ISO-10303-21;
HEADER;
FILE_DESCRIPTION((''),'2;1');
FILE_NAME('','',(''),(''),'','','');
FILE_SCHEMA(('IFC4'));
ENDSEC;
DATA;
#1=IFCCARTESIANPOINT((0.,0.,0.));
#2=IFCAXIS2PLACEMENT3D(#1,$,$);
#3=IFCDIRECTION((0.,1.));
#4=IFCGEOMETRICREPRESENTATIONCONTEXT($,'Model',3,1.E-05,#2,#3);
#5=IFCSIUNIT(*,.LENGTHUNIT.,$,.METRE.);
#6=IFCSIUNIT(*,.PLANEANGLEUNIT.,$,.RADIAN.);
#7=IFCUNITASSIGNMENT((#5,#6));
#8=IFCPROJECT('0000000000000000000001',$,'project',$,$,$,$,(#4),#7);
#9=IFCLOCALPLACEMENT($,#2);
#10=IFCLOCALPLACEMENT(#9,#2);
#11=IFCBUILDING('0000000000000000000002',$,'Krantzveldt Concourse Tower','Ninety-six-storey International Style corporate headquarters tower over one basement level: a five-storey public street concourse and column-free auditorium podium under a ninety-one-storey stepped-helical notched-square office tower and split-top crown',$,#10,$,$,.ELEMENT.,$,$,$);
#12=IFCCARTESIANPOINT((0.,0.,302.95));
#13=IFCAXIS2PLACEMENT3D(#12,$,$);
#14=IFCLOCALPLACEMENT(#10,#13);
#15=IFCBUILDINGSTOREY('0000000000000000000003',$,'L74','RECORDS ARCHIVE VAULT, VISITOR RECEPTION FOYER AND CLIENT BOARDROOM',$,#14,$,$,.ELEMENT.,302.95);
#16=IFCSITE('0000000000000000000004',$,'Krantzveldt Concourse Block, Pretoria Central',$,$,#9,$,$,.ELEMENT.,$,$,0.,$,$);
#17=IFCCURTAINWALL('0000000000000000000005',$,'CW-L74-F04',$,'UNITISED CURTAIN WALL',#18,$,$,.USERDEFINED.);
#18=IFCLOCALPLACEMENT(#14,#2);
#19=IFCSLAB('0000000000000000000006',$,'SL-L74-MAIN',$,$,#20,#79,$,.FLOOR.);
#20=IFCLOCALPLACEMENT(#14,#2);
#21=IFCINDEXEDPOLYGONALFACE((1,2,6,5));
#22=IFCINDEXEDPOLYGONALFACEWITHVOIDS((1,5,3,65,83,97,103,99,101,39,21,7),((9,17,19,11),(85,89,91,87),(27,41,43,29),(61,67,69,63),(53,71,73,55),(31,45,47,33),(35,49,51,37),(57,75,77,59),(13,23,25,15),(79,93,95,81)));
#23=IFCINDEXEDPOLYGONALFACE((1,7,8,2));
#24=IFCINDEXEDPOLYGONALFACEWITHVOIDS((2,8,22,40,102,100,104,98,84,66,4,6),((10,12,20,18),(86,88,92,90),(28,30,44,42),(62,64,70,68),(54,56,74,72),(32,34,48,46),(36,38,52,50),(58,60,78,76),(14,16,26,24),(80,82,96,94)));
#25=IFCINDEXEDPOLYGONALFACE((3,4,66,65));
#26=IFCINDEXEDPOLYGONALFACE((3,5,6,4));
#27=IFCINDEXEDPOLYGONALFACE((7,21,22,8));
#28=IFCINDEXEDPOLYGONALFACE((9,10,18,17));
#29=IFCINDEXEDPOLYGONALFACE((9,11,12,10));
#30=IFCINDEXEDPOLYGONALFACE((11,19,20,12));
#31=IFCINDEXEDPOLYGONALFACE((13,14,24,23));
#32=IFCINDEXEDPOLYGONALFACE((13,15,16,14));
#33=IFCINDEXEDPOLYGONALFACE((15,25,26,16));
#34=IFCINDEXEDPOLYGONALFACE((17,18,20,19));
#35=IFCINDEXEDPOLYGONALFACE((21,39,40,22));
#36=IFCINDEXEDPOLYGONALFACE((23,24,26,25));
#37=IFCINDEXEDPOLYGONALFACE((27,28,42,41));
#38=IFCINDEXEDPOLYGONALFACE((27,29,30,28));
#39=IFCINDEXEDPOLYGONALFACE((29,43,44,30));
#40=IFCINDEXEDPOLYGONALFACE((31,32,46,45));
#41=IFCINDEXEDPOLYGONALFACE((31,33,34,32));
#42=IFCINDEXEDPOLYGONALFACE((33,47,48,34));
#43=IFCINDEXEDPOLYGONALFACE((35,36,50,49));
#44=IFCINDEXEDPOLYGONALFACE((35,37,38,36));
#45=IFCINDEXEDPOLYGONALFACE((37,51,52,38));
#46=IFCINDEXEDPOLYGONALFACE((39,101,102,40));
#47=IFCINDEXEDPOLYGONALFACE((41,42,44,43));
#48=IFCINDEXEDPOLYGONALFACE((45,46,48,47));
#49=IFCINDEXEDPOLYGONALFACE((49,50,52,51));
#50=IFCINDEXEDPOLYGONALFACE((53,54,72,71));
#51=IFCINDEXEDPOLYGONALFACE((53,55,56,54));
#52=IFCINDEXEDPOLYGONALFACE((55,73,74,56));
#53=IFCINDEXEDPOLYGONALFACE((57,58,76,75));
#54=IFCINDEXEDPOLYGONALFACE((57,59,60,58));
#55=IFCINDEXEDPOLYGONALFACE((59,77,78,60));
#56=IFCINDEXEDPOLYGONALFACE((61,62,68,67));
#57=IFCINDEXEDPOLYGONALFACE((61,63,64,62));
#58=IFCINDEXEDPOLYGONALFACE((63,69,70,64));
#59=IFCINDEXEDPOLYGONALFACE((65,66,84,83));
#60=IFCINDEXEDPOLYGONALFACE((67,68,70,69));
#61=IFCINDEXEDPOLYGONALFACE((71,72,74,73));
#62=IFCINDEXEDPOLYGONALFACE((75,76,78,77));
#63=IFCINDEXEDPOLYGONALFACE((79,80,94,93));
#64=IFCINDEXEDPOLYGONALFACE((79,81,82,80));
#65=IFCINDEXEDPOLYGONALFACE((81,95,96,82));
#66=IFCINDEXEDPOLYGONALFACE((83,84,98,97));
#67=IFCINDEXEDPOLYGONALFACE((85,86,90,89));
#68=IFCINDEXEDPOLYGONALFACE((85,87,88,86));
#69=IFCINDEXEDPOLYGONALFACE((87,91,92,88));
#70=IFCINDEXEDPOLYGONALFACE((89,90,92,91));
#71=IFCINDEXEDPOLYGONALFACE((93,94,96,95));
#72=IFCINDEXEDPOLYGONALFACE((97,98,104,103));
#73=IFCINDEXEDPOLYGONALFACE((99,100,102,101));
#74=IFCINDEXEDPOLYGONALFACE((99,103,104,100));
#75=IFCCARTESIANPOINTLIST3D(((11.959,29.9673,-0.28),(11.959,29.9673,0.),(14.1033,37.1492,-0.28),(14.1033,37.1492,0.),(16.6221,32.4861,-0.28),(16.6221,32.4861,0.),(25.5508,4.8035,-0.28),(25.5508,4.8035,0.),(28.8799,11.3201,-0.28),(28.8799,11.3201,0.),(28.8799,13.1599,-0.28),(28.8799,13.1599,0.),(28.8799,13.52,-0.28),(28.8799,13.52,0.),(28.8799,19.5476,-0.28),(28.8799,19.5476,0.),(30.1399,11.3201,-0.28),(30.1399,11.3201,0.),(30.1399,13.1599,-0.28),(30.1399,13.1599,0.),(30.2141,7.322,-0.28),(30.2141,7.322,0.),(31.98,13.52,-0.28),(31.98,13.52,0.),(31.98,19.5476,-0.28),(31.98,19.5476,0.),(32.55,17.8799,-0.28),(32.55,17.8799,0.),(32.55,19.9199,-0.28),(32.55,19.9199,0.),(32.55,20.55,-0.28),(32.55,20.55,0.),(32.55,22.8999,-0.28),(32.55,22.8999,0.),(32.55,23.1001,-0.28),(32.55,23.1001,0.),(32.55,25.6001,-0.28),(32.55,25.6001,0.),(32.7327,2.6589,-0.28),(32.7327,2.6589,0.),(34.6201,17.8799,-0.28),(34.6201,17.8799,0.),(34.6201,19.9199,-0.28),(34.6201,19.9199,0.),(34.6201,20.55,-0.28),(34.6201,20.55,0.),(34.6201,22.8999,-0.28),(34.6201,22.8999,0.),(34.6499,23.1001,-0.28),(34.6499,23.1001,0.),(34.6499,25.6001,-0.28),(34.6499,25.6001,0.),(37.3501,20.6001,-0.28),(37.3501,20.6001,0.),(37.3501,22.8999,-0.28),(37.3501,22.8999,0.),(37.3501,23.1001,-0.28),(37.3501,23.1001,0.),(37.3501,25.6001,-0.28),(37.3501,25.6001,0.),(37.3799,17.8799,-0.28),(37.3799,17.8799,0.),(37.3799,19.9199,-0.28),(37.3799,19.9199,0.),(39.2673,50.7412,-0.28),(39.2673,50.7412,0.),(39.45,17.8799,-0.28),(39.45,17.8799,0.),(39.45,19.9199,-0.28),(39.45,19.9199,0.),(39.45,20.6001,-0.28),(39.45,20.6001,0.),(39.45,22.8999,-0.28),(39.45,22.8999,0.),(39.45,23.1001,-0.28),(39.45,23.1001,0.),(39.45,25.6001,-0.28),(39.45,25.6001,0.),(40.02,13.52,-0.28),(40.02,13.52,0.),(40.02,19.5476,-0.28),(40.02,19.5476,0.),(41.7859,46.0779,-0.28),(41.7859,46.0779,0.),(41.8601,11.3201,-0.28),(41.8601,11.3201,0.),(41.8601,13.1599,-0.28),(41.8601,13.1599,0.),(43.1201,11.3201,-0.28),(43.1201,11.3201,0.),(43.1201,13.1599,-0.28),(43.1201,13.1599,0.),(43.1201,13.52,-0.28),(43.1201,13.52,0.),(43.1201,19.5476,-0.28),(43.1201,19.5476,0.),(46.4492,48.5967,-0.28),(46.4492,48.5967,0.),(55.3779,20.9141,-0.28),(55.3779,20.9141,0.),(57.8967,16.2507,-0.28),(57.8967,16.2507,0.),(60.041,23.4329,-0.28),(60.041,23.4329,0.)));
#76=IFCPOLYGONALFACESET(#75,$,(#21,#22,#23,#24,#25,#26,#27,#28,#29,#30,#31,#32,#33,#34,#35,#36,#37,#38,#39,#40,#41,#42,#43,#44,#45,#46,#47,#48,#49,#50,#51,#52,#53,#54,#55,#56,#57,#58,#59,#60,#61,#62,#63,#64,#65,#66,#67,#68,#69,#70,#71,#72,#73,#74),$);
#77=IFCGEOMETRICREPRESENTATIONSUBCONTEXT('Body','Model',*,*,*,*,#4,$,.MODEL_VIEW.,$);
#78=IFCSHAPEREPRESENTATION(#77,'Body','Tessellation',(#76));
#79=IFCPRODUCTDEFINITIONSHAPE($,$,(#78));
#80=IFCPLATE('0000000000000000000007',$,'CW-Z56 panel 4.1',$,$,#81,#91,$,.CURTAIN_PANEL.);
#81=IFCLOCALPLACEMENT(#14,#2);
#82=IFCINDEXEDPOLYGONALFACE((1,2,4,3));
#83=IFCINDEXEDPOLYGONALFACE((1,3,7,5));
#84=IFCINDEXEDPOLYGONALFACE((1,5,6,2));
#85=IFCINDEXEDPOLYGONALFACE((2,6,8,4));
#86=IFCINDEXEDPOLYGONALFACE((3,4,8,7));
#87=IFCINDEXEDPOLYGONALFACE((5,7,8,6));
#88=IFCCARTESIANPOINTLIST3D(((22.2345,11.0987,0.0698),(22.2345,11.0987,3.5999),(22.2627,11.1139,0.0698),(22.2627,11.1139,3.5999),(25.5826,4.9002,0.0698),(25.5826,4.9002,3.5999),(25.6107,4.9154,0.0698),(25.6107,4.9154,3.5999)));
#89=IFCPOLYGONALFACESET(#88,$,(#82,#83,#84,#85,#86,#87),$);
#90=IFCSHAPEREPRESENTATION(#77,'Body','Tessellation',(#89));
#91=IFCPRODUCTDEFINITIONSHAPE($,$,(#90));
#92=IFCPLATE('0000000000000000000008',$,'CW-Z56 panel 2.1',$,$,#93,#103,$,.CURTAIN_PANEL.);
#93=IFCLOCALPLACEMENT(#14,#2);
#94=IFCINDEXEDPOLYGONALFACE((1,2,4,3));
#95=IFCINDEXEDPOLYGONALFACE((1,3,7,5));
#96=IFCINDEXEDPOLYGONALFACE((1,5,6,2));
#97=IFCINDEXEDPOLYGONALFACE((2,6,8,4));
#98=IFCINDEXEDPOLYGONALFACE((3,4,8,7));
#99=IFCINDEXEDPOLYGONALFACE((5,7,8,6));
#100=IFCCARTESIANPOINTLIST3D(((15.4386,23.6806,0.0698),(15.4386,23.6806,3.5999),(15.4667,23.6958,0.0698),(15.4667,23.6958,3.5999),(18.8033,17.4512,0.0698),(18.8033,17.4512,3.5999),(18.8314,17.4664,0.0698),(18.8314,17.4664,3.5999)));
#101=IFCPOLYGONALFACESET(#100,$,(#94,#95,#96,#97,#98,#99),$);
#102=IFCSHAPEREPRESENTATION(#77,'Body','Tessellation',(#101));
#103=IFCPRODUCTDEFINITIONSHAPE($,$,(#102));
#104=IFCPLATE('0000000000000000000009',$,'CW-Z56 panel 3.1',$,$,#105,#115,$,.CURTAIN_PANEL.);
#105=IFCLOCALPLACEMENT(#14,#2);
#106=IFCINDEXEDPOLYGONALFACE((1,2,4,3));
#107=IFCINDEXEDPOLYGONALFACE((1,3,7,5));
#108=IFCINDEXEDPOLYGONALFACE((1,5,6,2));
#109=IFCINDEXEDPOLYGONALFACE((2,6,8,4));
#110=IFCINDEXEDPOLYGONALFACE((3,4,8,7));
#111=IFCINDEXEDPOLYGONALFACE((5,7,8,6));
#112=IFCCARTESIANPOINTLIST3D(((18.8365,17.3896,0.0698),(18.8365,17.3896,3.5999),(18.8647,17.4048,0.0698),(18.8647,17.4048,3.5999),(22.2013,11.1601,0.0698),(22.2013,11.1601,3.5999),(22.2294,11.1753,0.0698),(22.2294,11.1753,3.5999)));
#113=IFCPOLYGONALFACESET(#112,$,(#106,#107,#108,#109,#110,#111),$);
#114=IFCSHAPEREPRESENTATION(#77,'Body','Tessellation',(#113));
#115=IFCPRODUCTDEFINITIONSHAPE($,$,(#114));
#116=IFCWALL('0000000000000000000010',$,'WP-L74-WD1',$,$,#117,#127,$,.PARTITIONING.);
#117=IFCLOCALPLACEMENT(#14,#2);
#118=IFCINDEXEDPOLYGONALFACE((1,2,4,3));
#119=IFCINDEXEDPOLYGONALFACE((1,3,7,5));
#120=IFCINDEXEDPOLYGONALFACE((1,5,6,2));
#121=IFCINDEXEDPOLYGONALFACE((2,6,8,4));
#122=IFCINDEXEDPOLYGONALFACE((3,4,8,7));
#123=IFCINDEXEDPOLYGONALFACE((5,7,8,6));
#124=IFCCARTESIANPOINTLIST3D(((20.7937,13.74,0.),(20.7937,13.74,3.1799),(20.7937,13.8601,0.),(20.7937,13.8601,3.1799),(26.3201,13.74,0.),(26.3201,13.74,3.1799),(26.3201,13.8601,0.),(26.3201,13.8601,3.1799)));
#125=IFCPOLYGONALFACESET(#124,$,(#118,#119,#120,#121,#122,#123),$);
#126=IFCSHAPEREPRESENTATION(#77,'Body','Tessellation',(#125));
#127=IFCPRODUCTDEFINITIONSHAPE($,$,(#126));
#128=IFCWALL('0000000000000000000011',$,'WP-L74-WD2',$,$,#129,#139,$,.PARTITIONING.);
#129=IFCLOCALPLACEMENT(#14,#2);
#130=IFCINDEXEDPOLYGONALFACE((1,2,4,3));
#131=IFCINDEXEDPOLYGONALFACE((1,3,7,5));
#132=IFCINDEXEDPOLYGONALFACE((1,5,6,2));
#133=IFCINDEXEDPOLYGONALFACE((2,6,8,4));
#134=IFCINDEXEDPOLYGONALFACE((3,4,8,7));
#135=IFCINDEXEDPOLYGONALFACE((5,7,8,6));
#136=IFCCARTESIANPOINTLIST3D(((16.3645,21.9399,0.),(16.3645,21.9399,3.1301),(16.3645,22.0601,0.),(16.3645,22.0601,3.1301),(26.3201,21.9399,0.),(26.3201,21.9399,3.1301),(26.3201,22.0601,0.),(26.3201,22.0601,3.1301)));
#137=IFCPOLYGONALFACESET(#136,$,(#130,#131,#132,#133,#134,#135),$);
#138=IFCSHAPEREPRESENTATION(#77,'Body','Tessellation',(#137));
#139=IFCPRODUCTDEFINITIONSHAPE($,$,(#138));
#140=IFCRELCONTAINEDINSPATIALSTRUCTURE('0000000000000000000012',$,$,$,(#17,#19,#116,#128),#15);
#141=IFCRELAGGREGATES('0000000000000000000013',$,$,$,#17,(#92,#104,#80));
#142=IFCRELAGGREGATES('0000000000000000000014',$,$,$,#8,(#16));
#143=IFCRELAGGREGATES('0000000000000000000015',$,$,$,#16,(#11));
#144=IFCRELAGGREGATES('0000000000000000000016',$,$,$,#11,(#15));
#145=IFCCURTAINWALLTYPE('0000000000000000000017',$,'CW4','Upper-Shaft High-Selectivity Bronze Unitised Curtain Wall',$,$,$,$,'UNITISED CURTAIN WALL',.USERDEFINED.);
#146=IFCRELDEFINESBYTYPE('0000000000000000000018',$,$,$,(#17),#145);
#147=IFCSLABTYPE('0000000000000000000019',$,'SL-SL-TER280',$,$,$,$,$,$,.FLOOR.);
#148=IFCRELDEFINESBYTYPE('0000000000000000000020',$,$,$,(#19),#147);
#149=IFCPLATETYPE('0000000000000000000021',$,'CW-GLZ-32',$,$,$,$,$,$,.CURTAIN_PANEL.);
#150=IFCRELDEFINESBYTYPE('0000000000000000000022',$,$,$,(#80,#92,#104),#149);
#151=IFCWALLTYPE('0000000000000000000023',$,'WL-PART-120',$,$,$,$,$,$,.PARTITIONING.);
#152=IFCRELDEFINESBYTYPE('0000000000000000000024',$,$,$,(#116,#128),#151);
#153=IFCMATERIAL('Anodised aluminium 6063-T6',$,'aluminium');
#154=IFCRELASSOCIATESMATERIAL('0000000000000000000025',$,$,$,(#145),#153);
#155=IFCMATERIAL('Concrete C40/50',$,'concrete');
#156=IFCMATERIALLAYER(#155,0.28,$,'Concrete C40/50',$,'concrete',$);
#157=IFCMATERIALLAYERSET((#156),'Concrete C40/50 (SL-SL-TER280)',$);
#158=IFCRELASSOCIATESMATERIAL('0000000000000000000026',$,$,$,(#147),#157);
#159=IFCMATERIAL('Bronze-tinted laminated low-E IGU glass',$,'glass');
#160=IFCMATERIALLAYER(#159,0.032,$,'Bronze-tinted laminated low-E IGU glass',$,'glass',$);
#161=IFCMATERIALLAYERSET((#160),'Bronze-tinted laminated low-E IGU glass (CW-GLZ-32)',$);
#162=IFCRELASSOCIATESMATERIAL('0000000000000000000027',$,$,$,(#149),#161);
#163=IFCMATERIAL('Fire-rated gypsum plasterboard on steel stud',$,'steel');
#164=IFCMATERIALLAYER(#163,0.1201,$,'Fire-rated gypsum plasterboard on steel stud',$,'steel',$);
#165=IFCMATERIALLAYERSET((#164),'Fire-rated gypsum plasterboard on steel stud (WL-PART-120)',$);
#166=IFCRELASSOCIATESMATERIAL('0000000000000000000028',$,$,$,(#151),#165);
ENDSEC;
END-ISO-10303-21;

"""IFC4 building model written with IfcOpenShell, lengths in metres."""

from ifc_helpers import new_model, si_unit, direction, frame, frame_2d, origin, origin_2d, place, context, subcontext, project, spatial, polyline, rectangle, outline, extrude, source, transform, mapped, material, layer, layer_set, type_object, type_shapes, element, aggregate, save


model = new_model("IFC4")

# Units and contexts
model_context = context("Model", 3, precision=1e-05, world=origin(), true_north=direction((0.0, 1.0)))
body_context = subcontext(model_context, "Body", "Model", "MODEL_VIEW")
ifc_project = project(units=[si_unit("LENGTHUNIT", "METRE"), si_unit("PLANEANGLEUNIT", "RADIAN")], contexts=[model_context])

# Site, building, storey
site_placement = place(None, origin())
site = spatial("IfcSite", under=ifc_project, at=site_placement, Name="Krantzveldt Concourse Block, Pretoria Central", CompositionType="ELEMENT", RefElevation=0.0)
building_placement = place(site_placement, origin())
building = spatial("IfcBuilding", under=site, at=building_placement, Name="Krantzveldt Concourse Tower", Description="Ninety-six-storey International Style corporate headquarters tower over one basement level: a five-storey public street concourse and column-free auditorium podium under a ninety-one-storey stepped-helical notched-square office tower and split-top crown", CompositionType="ELEMENT")
storey_placement = place(building_placement, frame((0.0, 0.0, 302.95)))
storey = spatial("IfcBuildingStorey", under=building, at=storey_placement, Name="L74", Description="RECORDS ARCHIVE VAULT, VISITOR RECEPTION FOYER AND CLIENT BOARDROOM", CompositionType="ELEMENT", Elevation=302.95)

# Curtain wall
ifc_material_1 = material(Name="Anodised aluminium 6063-T6", Category="aluminium")
curtain_wall_type = type_object("IfcCurtainWallType", Name="CW4", Description="Upper-Shaft High-Selectivity Bronze Unitised Curtain Wall", ElementType="UNITISED CURTAIN WALL", PredefinedType="USERDEFINED", material=ifc_material_1)
curtain_wall_placement = place(storey_placement, origin())
curtain_wall = element("IfcCurtainWall", 1, at=curtain_wall_placement, inside=storey, type_object=curtain_wall_type, Name="CW-L74-F04", ObjectType="UNITISED CURTAIN WALL", PredefinedType="USERDEFINED")

# Slab
ifc_material_2 = material(Name="Concrete C40/50", Category="concrete")
ifc_layer_1 = layer(ifc_material_2, 0.28, Name="Concrete C40/50", Category="concrete")
ifc_layer_set_1 = layer_set([ifc_layer_1], Name="Concrete C40/50 (SL-SL-TER280)")
slab_type_1 = type_object("IfcSlabType", Name="SL-SL-TER280", PredefinedType="FLOOR", material=ifc_layer_set_1)
slab_1_placement = place(storey_placement, frame((0.0, 0.0, -0.28)))
element("IfcSlab", 2, at=slab_1_placement, inside=storey, type_object=slab_type_1, Name="SL-L74-MAIN", PredefinedType="FLOOR", context=body_context, shape_type="SweptSolid", body=[
    extrude(outline(polyline([(41.7859, 46.0779), (39.2673, 50.7412), (14.1033, 37.1492), (16.6221, 32.4861), (11.959, 29.9673), (25.5508, 4.8035), (30.2141, 7.322), (32.7327, 2.6589), (57.8967, 16.2507), (55.3779, 20.9141), (60.041, 23.4329), (46.4492, 48.5967), (41.7859, 46.0779)]), holes=[polyline([(28.8799, 19.5476), (28.8799, 13.52), (31.98, 13.52), (31.98, 19.5476), (28.8799, 19.5476)]), polyline([(40.02, 19.5476), (40.02, 13.52), (43.1201, 13.52), (43.1201, 19.5476), (40.02, 19.5476)]), polyline([(32.55, 23.1001), (34.6499, 23.1001), (34.6499, 25.6001), (32.55, 25.6001), (32.55, 23.1001)]), polyline([(37.3501, 23.1001), (39.45, 23.1001), (39.45, 25.6001), (37.3501, 25.6001), (37.3501, 23.1001)]), polyline([(37.3501, 20.6001), (39.45, 20.6001), (39.45, 22.8999), (37.3501, 22.8999), (37.3501, 20.6001)]), polyline([(32.55, 20.55), (34.6201, 20.55), (34.6201, 22.8999), (32.55, 22.8999), (32.55, 20.55)]), polyline([(32.55, 17.8799), (34.6201, 17.8799), (34.6201, 19.9199), (32.55, 19.9199), (32.55, 17.8799)]), polyline([(37.3799, 17.8799), (39.45, 17.8799), (39.45, 19.9199), (37.3799, 19.9199), (37.3799, 17.8799)]), polyline([(28.8799, 11.3201), (30.1399, 11.3201), (30.1399, 13.1599), (28.8799, 13.1599), (28.8799, 11.3201)]), polyline([(41.8601, 11.3201), (43.1201, 11.3201), (43.1201, 13.1599), (41.8601, 13.1599), (41.8601, 11.3201)])]), origin(), (0.0, 0.0, 1.0), 0.28),
])

# Plates
ifc_material_3 = material(Name="Bronze-tinted laminated low-E IGU glass", Category="glass")
ifc_layer_2 = layer(ifc_material_3, 0.032, Name="Bronze-tinted laminated low-E IGU glass", Category="glass")
ifc_layer_set_2 = layer_set([ifc_layer_2], Name="Bronze-tinted laminated low-E IGU glass (CW-GLZ-32)")
plate_type = type_object("IfcPlateType", Name="CW-GLZ-32", PredefinedType="CURTAIN_PANEL", material=ifc_layer_set_2)
shared_shape_1 = source(origin(), body_context, "Body", "SweptSolid", [
    extrude(rectangle(XDim=7.0449, YDim=0.032, at=origin_2d()), origin(), (0.0, 0.0, 1.0), 3.53),
])
plate_1_placement = place(storey_placement, frame((23.9226, 8.0071, 0.0698), z_axis=(0.0, 0.0, 1.0), x_axis=(0.47524, -0.879856, 0.0)))
plate_1 = element("IfcPlate", 3, at=plate_1_placement, type_object=plate_type, Name="CW-Z56 panel 4.1", PredefinedType="CURTAIN_PANEL", context=body_context, shape_type="MappedRepresentation", body=[
    mapped(shared_shape_1, transform((0.0, 0.0, 0.0), x_axis=(1.0, 0.0, 0.0), y_axis=(0.0, 1.0, 0.0), z_axis=(0.0, 0.0, 1.0), scale=1.0)),
])
shared_shape_2 = source(origin(), body_context, "Body", "SweptSolid", [
    extrude(rectangle(XDim=7.0801, YDim=0.032, at=origin_2d()), origin(), (0.0, 0.0, 1.0), 3.53),
])
type_shapes(plate_type, [shared_shape_1, shared_shape_2])
plate_2_placement = place(storey_placement, frame((17.135, 20.5735, 0.0698), z_axis=(0.0, 0.0, 1.0), x_axis=(0.47524, -0.879856, 0.0)))
plate_2 = element("IfcPlate", 4, at=plate_2_placement, type_object=plate_type, Name="CW-Z56 panel 2.1", PredefinedType="CURTAIN_PANEL", context=body_context, shape_type="MappedRepresentation", body=[
    mapped(shared_shape_2, transform((0.0, 0.0, 0.0), x_axis=(1.0, 0.0, 0.0), y_axis=(0.0, 1.0, 0.0), z_axis=(0.0, 0.0, 1.0), scale=1.0)),
])
plate_3_placement = place(storey_placement, frame((20.533, 14.2825, 0.0698), z_axis=(0.0, 0.0, 1.0), x_axis=(0.47524, -0.879856, 0.0)))
plate_3 = element("IfcPlate", 5, at=plate_3_placement, type_object=plate_type, Name="CW-Z56 panel 3.1", PredefinedType="CURTAIN_PANEL", context=body_context, shape_type="MappedRepresentation", body=[
    mapped(shared_shape_2, transform((0.0, 0.0, 0.0), x_axis=(1.0, 0.0, 0.0), y_axis=(0.0, 1.0, 0.0), z_axis=(0.0, 0.0, 1.0), scale=1.0)),
])
aggregate(curtain_wall, [plate_2, plate_3, plate_1])

# Walls
ifc_material_4 = material(Name="Fire-rated gypsum plasterboard on steel stud", Category="steel")
ifc_layer_3 = layer(ifc_material_4, 0.1201, Name="Fire-rated gypsum plasterboard on steel stud", Category="steel")
ifc_layer_set_3 = layer_set([ifc_layer_3], Name="Fire-rated gypsum plasterboard on steel stud (WL-PART-120)")
wall_type_1 = type_object("IfcWallType", Name="WL-PART-120", PredefinedType="PARTITIONING", material=ifc_layer_set_3)
wall_1_placement = place(storey_placement, frame((20.7937, 13.8, 0.0), z_axis=(0.0, 0.0, 1.0), x_axis=(1.0, 0.0, 0.0)))
element("IfcWall", 6, at=wall_1_placement, inside=storey, type_object=wall_type_1, Name="WP-L74-WD1", PredefinedType="PARTITIONING", context=body_context, shape_type="SweptSolid", body=[
    extrude(rectangle(XDim=5.5264, YDim=0.1201, at=frame_2d((2.7632, 0.0))), origin(), (0.0, 0.0, 1.0), 3.1799),
])
wall_2_placement = place(storey_placement, frame((16.3645, 22.0, 0.0), z_axis=(0.0, 0.0, 1.0), x_axis=(1.0, 0.0, 0.0)))
element("IfcWall", 7, at=wall_2_placement, inside=storey, type_object=wall_type_1, Name="WP-L74-WD2", PredefinedType="PARTITIONING", context=body_context, shape_type="SweptSolid", body=[
    extrude(rectangle(XDim=9.9556, YDim=0.1201, at=frame_2d((4.9778, 0.0))), origin(), (0.0, 0.0, 1.0), 3.1301),
])

save(model, "model.ifc")
